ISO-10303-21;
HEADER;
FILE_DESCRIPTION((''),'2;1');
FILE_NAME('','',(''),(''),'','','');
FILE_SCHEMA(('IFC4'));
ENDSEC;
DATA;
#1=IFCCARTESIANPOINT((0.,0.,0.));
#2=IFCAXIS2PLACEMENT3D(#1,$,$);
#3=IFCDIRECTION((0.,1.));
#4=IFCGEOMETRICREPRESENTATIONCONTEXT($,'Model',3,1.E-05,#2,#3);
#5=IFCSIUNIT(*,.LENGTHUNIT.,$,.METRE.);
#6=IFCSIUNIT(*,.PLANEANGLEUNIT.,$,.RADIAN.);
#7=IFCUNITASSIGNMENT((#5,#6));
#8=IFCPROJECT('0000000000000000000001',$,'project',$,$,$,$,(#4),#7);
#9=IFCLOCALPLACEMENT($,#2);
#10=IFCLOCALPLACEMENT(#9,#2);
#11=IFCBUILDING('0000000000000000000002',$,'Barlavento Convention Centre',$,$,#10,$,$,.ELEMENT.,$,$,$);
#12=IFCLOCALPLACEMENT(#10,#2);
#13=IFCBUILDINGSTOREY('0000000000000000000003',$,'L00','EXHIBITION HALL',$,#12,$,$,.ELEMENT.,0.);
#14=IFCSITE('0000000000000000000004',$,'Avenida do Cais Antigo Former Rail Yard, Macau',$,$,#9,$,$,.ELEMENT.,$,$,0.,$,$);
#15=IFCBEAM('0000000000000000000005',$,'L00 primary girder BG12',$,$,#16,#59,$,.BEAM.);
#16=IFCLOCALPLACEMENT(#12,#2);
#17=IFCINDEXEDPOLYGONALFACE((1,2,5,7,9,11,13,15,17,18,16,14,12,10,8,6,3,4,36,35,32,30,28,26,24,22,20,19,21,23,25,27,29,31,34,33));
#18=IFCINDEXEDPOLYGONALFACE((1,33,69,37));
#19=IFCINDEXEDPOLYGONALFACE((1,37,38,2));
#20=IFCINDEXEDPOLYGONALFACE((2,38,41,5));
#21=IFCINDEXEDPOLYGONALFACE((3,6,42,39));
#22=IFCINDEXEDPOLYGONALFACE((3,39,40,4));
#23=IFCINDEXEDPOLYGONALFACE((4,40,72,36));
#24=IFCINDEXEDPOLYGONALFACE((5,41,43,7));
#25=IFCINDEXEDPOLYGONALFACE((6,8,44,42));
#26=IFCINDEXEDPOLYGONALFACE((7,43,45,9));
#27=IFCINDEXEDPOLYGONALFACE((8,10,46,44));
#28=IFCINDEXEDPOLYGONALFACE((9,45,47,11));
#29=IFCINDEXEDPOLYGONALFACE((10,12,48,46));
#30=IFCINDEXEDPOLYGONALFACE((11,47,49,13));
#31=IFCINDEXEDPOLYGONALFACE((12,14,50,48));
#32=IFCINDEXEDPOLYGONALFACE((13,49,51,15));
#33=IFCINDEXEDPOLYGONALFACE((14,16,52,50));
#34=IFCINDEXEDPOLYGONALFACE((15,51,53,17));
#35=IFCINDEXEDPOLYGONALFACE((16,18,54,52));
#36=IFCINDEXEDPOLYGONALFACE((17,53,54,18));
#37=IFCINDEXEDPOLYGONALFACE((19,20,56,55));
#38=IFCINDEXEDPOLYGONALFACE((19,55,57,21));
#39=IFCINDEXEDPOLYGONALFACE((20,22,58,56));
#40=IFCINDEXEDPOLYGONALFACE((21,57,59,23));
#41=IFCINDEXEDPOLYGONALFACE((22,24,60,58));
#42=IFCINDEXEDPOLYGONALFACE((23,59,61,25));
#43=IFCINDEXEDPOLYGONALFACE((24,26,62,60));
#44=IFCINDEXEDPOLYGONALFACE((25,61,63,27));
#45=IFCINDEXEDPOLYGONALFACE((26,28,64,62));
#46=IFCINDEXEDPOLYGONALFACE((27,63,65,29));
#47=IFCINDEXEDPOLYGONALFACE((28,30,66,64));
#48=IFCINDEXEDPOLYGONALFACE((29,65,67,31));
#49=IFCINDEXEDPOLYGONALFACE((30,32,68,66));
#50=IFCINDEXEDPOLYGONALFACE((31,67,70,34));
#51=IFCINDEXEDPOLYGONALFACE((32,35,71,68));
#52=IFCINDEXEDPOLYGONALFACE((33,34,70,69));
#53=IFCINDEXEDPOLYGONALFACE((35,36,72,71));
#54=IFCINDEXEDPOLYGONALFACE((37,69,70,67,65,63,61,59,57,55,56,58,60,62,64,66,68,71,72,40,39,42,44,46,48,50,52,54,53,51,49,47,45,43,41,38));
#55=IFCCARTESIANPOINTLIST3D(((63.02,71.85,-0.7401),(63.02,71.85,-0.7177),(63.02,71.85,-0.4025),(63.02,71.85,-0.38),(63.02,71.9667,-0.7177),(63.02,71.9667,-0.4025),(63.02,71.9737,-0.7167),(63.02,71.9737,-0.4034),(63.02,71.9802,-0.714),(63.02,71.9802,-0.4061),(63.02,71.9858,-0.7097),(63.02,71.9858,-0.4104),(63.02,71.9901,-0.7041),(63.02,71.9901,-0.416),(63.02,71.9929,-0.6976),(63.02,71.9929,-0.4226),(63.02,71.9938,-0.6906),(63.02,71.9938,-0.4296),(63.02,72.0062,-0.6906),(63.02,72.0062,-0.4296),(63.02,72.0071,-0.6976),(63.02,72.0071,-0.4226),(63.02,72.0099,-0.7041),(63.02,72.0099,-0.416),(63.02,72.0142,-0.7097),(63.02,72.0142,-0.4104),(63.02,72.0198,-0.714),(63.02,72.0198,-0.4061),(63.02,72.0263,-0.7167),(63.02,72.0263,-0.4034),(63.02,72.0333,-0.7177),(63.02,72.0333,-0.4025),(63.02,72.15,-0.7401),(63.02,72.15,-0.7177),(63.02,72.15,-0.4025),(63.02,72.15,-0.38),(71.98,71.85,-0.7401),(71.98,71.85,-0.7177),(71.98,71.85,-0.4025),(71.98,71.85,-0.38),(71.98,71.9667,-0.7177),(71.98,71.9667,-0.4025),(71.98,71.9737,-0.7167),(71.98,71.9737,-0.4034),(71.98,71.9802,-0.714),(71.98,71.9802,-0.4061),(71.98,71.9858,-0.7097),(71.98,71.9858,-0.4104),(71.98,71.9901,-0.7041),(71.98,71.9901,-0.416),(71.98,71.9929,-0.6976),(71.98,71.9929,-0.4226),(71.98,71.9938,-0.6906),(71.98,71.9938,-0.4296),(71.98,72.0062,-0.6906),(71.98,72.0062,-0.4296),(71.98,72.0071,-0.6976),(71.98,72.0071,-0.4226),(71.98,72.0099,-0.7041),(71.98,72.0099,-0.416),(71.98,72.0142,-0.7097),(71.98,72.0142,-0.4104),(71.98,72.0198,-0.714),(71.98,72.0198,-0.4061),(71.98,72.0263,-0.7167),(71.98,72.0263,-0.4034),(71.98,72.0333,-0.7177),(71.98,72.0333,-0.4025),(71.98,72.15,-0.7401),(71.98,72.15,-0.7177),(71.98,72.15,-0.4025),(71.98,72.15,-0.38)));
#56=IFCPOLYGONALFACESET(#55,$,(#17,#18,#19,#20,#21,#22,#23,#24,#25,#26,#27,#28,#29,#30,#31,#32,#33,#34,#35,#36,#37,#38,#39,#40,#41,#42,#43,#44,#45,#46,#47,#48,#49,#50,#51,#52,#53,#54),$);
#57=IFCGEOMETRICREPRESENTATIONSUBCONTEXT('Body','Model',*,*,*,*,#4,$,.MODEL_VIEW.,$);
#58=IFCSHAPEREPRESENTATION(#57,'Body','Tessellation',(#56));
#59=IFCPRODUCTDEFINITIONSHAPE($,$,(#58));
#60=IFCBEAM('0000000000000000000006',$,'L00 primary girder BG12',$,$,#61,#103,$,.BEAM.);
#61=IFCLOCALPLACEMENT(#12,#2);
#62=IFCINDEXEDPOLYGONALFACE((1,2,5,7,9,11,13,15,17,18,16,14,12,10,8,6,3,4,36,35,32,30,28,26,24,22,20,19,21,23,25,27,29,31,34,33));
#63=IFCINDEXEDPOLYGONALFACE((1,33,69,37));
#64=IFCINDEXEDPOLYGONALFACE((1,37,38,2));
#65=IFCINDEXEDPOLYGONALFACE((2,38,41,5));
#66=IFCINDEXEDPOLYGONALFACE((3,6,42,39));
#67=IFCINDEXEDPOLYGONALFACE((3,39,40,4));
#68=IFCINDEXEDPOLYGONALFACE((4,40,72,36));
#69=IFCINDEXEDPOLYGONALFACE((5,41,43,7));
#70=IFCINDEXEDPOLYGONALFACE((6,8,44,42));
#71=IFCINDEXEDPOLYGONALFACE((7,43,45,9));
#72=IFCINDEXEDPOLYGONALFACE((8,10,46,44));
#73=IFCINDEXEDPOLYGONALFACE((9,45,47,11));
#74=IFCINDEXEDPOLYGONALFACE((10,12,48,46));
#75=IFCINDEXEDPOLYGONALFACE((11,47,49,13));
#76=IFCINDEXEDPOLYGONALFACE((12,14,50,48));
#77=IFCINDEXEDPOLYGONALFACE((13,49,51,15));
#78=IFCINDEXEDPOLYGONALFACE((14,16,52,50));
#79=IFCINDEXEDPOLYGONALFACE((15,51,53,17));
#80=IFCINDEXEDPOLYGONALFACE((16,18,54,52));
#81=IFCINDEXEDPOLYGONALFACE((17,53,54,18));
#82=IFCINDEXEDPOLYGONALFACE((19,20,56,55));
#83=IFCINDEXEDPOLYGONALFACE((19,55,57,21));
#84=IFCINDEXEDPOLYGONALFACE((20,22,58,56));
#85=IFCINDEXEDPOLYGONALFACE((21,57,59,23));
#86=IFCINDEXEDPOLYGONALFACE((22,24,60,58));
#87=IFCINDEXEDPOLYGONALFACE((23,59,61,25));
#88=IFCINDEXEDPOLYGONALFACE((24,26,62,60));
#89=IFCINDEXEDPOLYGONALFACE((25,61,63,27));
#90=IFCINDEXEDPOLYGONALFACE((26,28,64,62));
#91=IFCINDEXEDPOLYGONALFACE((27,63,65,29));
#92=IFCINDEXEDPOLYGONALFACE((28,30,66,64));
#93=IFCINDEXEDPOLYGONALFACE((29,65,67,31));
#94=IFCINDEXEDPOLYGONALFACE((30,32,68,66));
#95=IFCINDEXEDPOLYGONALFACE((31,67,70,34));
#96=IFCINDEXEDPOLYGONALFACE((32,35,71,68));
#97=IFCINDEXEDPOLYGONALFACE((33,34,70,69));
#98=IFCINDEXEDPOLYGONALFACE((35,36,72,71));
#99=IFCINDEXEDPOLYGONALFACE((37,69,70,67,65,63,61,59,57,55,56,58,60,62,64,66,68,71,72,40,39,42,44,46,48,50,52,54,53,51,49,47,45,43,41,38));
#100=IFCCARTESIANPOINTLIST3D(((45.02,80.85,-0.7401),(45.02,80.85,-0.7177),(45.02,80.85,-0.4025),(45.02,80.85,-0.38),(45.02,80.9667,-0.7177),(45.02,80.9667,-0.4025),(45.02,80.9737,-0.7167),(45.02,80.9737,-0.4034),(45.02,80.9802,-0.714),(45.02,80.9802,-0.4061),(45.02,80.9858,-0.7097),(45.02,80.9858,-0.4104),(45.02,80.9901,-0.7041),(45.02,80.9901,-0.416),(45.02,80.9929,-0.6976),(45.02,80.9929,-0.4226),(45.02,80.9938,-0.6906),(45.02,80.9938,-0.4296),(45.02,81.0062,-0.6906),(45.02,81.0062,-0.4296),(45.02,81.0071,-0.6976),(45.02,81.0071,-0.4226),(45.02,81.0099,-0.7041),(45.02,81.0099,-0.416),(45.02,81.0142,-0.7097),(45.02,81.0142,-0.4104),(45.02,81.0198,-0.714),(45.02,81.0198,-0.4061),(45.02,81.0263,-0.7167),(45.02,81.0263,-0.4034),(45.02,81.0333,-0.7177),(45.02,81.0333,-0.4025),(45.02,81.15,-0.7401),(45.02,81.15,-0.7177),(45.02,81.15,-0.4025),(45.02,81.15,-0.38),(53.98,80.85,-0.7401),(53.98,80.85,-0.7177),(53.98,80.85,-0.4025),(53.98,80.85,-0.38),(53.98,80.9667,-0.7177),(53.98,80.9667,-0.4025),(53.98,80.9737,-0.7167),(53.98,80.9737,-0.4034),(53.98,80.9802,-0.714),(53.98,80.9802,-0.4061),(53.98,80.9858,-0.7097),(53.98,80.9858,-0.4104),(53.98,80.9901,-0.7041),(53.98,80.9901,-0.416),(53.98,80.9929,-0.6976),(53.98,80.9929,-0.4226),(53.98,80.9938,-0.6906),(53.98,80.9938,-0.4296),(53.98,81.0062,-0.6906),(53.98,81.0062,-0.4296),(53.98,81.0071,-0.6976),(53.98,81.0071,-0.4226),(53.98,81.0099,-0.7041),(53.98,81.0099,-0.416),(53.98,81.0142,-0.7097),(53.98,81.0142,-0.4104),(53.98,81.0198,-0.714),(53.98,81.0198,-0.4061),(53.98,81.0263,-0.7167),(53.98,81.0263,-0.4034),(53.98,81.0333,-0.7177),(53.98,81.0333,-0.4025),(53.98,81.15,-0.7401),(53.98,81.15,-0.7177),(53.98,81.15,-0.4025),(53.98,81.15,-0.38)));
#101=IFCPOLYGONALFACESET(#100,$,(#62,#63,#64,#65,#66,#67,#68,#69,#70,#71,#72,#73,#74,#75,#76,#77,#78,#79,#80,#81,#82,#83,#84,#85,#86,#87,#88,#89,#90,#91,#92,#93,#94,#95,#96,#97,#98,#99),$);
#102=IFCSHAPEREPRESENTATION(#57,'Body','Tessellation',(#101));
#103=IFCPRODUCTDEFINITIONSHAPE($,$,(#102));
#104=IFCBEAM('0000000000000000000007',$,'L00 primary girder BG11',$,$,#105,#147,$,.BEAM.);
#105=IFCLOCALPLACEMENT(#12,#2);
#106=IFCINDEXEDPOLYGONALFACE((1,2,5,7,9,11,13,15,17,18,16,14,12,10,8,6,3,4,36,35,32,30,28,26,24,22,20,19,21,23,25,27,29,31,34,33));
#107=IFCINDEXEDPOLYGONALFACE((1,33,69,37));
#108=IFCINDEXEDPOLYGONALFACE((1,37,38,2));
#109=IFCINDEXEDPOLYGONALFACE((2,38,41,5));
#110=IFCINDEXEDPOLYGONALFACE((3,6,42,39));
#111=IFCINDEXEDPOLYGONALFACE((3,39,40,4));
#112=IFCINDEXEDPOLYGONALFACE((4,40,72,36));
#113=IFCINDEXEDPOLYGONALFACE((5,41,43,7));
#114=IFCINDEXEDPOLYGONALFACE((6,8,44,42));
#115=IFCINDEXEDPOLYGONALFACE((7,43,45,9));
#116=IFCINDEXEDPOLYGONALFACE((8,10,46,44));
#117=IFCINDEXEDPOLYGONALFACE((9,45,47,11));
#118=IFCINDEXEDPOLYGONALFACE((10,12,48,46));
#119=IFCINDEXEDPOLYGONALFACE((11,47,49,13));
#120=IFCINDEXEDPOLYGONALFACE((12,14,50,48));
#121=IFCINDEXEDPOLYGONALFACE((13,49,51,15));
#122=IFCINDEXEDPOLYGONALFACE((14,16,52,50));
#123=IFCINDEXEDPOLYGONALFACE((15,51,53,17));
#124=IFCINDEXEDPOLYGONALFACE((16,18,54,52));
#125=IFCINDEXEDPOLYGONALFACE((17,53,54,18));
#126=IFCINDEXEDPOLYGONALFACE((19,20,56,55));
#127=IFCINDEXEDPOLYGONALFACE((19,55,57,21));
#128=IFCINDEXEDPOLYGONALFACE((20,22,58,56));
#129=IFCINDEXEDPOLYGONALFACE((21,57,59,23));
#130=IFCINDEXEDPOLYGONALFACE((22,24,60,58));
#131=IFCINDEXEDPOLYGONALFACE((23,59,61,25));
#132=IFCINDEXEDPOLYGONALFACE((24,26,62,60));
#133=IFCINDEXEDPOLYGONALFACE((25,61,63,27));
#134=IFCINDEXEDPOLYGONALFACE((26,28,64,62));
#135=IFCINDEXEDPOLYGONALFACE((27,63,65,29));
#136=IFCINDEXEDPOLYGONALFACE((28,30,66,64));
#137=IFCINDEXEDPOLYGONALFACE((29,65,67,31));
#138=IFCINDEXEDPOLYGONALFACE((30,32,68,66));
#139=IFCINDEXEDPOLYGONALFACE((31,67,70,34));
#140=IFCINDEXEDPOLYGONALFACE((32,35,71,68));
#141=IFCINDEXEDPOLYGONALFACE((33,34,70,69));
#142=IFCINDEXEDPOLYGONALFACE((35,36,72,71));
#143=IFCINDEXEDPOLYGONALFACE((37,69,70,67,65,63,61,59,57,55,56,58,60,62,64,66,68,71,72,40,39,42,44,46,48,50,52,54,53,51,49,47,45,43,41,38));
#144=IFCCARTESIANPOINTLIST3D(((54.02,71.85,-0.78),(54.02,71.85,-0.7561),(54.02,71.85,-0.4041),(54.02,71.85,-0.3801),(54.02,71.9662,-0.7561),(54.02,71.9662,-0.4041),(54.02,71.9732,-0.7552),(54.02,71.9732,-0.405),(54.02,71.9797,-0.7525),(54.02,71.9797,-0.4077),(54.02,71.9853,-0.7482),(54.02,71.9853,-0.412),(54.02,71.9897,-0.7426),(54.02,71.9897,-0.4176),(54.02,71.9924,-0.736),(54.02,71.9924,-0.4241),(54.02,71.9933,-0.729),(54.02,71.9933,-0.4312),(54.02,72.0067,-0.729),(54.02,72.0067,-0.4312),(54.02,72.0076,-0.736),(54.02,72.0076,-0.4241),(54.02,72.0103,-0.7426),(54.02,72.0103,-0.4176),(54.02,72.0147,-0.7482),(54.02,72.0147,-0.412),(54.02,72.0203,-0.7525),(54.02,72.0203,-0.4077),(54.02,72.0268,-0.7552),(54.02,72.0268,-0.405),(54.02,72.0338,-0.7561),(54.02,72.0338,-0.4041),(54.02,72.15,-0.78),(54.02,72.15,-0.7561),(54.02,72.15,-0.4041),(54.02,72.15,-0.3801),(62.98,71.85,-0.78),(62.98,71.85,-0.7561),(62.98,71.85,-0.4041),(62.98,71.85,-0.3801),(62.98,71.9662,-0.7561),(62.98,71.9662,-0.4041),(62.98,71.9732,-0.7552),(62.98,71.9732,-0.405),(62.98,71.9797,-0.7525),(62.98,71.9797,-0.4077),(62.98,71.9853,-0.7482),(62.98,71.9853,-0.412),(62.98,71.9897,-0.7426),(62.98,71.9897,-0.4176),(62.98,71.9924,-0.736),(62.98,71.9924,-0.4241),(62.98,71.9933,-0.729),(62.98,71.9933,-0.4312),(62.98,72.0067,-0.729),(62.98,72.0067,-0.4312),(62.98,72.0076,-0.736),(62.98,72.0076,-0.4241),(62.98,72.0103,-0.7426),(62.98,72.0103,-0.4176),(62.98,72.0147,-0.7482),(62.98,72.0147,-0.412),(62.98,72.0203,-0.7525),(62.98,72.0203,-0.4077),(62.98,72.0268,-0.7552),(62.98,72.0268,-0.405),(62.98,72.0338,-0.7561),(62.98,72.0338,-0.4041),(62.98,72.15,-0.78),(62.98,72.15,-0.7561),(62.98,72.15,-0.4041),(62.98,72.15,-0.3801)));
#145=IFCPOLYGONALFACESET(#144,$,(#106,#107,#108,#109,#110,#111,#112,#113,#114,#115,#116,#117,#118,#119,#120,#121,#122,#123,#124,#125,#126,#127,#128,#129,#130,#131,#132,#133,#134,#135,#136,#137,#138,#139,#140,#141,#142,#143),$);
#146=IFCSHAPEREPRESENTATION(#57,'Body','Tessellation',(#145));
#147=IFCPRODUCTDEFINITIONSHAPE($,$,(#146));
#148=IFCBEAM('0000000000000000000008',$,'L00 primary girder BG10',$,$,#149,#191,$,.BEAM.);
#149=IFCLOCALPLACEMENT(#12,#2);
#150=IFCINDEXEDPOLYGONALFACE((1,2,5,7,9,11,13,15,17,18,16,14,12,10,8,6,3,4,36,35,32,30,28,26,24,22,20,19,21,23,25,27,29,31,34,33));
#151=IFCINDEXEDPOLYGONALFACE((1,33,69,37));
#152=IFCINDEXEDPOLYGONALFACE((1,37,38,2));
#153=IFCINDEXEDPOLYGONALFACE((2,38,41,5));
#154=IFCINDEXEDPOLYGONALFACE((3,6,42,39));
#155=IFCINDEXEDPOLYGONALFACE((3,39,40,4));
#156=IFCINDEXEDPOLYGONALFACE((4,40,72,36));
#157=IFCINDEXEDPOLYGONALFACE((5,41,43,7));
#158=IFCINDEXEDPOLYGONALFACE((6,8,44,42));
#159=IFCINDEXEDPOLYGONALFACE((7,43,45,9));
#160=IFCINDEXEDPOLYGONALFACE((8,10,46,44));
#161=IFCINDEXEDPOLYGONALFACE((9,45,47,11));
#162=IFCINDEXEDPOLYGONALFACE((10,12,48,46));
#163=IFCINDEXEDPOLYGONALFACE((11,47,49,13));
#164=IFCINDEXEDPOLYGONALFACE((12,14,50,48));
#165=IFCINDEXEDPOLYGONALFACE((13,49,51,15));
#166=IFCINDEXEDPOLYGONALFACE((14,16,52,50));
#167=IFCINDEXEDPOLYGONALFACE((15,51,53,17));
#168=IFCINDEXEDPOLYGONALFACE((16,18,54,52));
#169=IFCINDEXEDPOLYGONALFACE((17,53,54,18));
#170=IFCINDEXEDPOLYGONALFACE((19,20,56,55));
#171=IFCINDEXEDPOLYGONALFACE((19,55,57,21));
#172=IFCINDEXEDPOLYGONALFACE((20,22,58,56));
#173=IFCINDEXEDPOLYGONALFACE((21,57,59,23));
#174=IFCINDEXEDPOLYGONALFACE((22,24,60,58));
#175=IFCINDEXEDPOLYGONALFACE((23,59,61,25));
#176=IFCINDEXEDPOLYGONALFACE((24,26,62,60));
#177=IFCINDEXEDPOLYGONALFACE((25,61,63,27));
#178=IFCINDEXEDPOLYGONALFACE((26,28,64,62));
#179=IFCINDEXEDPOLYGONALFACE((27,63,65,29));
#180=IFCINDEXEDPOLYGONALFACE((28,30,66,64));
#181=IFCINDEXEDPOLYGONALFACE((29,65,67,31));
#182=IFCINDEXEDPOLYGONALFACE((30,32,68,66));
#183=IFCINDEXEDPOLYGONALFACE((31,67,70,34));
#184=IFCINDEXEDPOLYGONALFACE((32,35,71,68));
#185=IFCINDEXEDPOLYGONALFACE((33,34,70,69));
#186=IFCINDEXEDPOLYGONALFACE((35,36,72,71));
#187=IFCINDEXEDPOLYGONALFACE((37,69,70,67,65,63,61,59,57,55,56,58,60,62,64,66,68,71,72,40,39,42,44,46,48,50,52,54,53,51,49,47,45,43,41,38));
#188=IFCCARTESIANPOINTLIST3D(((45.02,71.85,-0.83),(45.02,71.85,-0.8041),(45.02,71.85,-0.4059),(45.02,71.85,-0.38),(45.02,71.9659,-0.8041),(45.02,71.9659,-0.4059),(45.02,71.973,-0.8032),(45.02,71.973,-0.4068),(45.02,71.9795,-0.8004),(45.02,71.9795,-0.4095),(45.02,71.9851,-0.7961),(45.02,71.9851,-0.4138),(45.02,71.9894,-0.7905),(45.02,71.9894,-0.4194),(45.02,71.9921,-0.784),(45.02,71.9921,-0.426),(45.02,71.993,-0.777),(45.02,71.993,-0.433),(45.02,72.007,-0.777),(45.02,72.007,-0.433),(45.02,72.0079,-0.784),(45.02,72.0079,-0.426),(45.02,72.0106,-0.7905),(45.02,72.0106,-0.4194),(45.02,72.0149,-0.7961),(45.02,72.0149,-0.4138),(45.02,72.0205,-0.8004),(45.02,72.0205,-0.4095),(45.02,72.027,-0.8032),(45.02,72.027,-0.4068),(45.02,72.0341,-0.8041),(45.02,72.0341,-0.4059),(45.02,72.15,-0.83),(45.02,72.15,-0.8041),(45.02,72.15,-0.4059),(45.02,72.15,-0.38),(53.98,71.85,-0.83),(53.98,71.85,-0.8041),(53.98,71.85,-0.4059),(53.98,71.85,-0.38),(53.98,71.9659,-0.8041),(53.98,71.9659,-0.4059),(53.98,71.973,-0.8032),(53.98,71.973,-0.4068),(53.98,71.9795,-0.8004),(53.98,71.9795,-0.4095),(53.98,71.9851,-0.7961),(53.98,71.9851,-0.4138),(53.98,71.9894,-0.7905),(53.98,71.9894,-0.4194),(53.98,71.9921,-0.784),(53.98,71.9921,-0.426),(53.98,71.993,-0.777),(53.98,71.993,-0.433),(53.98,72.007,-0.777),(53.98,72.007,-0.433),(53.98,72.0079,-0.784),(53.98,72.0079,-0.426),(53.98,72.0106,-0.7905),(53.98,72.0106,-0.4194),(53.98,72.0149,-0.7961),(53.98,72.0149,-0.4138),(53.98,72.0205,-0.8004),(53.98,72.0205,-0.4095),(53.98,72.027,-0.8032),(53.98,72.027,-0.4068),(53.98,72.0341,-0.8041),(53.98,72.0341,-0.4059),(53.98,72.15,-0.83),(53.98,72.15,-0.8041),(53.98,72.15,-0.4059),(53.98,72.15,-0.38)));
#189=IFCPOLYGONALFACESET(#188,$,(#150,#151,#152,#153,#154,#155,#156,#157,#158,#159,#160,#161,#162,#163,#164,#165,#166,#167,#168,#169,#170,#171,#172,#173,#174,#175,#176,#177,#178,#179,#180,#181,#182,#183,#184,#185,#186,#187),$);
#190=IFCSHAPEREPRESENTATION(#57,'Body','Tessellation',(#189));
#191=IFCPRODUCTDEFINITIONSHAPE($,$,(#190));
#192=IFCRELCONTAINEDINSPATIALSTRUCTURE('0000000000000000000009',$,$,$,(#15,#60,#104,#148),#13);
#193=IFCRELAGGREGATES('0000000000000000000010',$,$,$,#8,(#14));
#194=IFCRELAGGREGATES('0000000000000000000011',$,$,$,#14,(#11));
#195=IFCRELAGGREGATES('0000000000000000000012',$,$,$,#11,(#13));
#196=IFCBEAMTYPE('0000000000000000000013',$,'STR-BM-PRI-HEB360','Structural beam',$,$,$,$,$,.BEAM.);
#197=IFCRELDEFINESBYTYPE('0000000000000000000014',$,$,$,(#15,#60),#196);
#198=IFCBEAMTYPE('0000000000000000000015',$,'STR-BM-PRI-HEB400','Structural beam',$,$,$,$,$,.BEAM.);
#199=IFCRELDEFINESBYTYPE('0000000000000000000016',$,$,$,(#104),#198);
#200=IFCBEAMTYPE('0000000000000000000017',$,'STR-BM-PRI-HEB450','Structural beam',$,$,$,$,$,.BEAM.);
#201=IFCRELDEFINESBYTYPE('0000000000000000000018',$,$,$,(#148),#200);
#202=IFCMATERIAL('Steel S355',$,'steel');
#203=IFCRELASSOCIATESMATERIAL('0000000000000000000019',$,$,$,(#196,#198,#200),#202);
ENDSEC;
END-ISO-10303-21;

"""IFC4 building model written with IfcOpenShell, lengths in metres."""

from ifc_helpers import new_model, si_unit, direction, frame, origin, origin_2d, place, context, subcontext, project, spatial, i_section, extrude, material, material_profile, profile_set, type_object, element, save


model = new_model("IFC4")

# Units and contexts
model_context = context("Model", 3, precision=1e-05, world=origin(), true_north=direction((0.0, 1.0)))
body_context = subcontext(model_context, "Body", "Model", "MODEL_VIEW")
ifc_project = project(units=[si_unit("LENGTHUNIT", "METRE"), si_unit("PLANEANGLEUNIT", "RADIAN")], contexts=[model_context])

# Site, building, storey
site_placement = place(None, origin())
site = spatial("IfcSite", under=ifc_project, at=site_placement, Name="Avenida do Cais Antigo Former Rail Yard, Macau", CompositionType="ELEMENT", RefElevation=0.0)
building_placement = place(site_placement, origin())
building = spatial("IfcBuilding", under=site, at=building_placement, Name="Barlavento Convention Centre", CompositionType="ELEMENT")
storey_placement = place(building_placement, origin())
storey = spatial("IfcBuildingStorey", under=building, at=storey_placement, Name="L00", Description="EXHIBITION HALL", CompositionType="ELEMENT", Elevation=0.0)

# Beams
ifc_material_1 = material(Name="Steel S355", Category="steel")
ifc_material_profile_1 = material_profile(ifc_material_1, i_section(OverallWidth=0.3, OverallDepth=0.3601, WebThickness=0.0125, FlangeThickness=0.0225, FilletRadius=0.0271, at=origin_2d()), Name="HEB 360")
ifc_profile_set_1 = profile_set([ifc_material_profile_1], Name="Steel S355")
beam_type_1 = type_object("IfcBeamType", Name="STR-BM-PRI-HEB360", Description="Structural beam", PredefinedType="BEAM", material=ifc_profile_set_1)
for number, where, z_axis, x_axis, name in (
    (1, (63.02, 72.0, -0.5601), (1.0, 0.0, 0.0), (0.0, 1.0, 0.0), "L00 primary girder BG12"),
    (2, (45.02, 81.0, -0.5601), (1.0, 0.0, 0.0), (0.0, 1.0, 0.0), "L00 primary girder BG12"),
):
    element("IfcBeam", number, at=place(storey_placement, frame(where, z_axis=z_axis, x_axis=x_axis)), inside=storey, type_object=beam_type_1, Name=name, PredefinedType="BEAM", context=body_context, shape_type="SweptSolid", body=[
        extrude(i_section(OverallWidth=0.3, OverallDepth=0.3601, WebThickness=0.0125, FlangeThickness=0.0225, FilletRadius=0.0271, at=origin_2d()), origin(), (0.0, 0.0, 1.0), 8.96),
    ])
ifc_material_profile_2 = material_profile(ifc_material_1, i_section(OverallWidth=0.3, OverallDepth=0.3999, WebThickness=0.0134, FlangeThickness=0.0239, FilletRadius=0.0271, at=origin_2d()), Name="HEB 400")
ifc_profile_set_2 = profile_set([ifc_material_profile_2], Name="Steel S355")
beam_type_2 = type_object("IfcBeamType", Name="STR-BM-PRI-HEB400", Description="Structural beam", PredefinedType="BEAM", material=ifc_profile_set_2)
beam_1_placement = place(storey_placement, frame((54.02, 72.0, -0.5801), z_axis=(1.0, 0.0, 0.0), x_axis=(0.0, 1.0, 0.0)))
element("IfcBeam", 3, at=beam_1_placement, inside=storey, type_object=beam_type_2, Name="L00 primary girder BG11", PredefinedType="BEAM", context=body_context, shape_type="SweptSolid", body=[
    extrude(i_section(OverallWidth=0.3, OverallDepth=0.3999, WebThickness=0.0134, FlangeThickness=0.0239, FilletRadius=0.0271, at=origin_2d()), origin(), (0.0, 0.0, 1.0), 8.96),
])
ifc_material_profile_3 = material_profile(ifc_material_1, i_section(OverallWidth=0.3, OverallDepth=0.45, WebThickness=0.0139, FlangeThickness=0.0259, FilletRadius=0.0271, at=origin_2d()), Name="HEB 450")
ifc_profile_set_3 = profile_set([ifc_material_profile_3], Name="Steel S355")
beam_type_3 = type_object("IfcBeamType", Name="STR-BM-PRI-HEB450", Description="Structural beam", PredefinedType="BEAM", material=ifc_profile_set_3)
beam_2_placement = place(storey_placement, frame((45.02, 72.0, -0.605), z_axis=(1.0, 0.0, 0.0), x_axis=(0.0, 1.0, 0.0)))
element("IfcBeam", 4, at=beam_2_placement, inside=storey, type_object=beam_type_3, Name="L00 primary girder BG10", PredefinedType="BEAM", context=body_context, shape_type="SweptSolid", body=[
    extrude(i_section(OverallWidth=0.3, OverallDepth=0.45, WebThickness=0.0139, FlangeThickness=0.0259, FilletRadius=0.0271, at=origin_2d()), origin(), (0.0, 0.0, 1.0), 8.96),
])

save(model, "model.ifc")
